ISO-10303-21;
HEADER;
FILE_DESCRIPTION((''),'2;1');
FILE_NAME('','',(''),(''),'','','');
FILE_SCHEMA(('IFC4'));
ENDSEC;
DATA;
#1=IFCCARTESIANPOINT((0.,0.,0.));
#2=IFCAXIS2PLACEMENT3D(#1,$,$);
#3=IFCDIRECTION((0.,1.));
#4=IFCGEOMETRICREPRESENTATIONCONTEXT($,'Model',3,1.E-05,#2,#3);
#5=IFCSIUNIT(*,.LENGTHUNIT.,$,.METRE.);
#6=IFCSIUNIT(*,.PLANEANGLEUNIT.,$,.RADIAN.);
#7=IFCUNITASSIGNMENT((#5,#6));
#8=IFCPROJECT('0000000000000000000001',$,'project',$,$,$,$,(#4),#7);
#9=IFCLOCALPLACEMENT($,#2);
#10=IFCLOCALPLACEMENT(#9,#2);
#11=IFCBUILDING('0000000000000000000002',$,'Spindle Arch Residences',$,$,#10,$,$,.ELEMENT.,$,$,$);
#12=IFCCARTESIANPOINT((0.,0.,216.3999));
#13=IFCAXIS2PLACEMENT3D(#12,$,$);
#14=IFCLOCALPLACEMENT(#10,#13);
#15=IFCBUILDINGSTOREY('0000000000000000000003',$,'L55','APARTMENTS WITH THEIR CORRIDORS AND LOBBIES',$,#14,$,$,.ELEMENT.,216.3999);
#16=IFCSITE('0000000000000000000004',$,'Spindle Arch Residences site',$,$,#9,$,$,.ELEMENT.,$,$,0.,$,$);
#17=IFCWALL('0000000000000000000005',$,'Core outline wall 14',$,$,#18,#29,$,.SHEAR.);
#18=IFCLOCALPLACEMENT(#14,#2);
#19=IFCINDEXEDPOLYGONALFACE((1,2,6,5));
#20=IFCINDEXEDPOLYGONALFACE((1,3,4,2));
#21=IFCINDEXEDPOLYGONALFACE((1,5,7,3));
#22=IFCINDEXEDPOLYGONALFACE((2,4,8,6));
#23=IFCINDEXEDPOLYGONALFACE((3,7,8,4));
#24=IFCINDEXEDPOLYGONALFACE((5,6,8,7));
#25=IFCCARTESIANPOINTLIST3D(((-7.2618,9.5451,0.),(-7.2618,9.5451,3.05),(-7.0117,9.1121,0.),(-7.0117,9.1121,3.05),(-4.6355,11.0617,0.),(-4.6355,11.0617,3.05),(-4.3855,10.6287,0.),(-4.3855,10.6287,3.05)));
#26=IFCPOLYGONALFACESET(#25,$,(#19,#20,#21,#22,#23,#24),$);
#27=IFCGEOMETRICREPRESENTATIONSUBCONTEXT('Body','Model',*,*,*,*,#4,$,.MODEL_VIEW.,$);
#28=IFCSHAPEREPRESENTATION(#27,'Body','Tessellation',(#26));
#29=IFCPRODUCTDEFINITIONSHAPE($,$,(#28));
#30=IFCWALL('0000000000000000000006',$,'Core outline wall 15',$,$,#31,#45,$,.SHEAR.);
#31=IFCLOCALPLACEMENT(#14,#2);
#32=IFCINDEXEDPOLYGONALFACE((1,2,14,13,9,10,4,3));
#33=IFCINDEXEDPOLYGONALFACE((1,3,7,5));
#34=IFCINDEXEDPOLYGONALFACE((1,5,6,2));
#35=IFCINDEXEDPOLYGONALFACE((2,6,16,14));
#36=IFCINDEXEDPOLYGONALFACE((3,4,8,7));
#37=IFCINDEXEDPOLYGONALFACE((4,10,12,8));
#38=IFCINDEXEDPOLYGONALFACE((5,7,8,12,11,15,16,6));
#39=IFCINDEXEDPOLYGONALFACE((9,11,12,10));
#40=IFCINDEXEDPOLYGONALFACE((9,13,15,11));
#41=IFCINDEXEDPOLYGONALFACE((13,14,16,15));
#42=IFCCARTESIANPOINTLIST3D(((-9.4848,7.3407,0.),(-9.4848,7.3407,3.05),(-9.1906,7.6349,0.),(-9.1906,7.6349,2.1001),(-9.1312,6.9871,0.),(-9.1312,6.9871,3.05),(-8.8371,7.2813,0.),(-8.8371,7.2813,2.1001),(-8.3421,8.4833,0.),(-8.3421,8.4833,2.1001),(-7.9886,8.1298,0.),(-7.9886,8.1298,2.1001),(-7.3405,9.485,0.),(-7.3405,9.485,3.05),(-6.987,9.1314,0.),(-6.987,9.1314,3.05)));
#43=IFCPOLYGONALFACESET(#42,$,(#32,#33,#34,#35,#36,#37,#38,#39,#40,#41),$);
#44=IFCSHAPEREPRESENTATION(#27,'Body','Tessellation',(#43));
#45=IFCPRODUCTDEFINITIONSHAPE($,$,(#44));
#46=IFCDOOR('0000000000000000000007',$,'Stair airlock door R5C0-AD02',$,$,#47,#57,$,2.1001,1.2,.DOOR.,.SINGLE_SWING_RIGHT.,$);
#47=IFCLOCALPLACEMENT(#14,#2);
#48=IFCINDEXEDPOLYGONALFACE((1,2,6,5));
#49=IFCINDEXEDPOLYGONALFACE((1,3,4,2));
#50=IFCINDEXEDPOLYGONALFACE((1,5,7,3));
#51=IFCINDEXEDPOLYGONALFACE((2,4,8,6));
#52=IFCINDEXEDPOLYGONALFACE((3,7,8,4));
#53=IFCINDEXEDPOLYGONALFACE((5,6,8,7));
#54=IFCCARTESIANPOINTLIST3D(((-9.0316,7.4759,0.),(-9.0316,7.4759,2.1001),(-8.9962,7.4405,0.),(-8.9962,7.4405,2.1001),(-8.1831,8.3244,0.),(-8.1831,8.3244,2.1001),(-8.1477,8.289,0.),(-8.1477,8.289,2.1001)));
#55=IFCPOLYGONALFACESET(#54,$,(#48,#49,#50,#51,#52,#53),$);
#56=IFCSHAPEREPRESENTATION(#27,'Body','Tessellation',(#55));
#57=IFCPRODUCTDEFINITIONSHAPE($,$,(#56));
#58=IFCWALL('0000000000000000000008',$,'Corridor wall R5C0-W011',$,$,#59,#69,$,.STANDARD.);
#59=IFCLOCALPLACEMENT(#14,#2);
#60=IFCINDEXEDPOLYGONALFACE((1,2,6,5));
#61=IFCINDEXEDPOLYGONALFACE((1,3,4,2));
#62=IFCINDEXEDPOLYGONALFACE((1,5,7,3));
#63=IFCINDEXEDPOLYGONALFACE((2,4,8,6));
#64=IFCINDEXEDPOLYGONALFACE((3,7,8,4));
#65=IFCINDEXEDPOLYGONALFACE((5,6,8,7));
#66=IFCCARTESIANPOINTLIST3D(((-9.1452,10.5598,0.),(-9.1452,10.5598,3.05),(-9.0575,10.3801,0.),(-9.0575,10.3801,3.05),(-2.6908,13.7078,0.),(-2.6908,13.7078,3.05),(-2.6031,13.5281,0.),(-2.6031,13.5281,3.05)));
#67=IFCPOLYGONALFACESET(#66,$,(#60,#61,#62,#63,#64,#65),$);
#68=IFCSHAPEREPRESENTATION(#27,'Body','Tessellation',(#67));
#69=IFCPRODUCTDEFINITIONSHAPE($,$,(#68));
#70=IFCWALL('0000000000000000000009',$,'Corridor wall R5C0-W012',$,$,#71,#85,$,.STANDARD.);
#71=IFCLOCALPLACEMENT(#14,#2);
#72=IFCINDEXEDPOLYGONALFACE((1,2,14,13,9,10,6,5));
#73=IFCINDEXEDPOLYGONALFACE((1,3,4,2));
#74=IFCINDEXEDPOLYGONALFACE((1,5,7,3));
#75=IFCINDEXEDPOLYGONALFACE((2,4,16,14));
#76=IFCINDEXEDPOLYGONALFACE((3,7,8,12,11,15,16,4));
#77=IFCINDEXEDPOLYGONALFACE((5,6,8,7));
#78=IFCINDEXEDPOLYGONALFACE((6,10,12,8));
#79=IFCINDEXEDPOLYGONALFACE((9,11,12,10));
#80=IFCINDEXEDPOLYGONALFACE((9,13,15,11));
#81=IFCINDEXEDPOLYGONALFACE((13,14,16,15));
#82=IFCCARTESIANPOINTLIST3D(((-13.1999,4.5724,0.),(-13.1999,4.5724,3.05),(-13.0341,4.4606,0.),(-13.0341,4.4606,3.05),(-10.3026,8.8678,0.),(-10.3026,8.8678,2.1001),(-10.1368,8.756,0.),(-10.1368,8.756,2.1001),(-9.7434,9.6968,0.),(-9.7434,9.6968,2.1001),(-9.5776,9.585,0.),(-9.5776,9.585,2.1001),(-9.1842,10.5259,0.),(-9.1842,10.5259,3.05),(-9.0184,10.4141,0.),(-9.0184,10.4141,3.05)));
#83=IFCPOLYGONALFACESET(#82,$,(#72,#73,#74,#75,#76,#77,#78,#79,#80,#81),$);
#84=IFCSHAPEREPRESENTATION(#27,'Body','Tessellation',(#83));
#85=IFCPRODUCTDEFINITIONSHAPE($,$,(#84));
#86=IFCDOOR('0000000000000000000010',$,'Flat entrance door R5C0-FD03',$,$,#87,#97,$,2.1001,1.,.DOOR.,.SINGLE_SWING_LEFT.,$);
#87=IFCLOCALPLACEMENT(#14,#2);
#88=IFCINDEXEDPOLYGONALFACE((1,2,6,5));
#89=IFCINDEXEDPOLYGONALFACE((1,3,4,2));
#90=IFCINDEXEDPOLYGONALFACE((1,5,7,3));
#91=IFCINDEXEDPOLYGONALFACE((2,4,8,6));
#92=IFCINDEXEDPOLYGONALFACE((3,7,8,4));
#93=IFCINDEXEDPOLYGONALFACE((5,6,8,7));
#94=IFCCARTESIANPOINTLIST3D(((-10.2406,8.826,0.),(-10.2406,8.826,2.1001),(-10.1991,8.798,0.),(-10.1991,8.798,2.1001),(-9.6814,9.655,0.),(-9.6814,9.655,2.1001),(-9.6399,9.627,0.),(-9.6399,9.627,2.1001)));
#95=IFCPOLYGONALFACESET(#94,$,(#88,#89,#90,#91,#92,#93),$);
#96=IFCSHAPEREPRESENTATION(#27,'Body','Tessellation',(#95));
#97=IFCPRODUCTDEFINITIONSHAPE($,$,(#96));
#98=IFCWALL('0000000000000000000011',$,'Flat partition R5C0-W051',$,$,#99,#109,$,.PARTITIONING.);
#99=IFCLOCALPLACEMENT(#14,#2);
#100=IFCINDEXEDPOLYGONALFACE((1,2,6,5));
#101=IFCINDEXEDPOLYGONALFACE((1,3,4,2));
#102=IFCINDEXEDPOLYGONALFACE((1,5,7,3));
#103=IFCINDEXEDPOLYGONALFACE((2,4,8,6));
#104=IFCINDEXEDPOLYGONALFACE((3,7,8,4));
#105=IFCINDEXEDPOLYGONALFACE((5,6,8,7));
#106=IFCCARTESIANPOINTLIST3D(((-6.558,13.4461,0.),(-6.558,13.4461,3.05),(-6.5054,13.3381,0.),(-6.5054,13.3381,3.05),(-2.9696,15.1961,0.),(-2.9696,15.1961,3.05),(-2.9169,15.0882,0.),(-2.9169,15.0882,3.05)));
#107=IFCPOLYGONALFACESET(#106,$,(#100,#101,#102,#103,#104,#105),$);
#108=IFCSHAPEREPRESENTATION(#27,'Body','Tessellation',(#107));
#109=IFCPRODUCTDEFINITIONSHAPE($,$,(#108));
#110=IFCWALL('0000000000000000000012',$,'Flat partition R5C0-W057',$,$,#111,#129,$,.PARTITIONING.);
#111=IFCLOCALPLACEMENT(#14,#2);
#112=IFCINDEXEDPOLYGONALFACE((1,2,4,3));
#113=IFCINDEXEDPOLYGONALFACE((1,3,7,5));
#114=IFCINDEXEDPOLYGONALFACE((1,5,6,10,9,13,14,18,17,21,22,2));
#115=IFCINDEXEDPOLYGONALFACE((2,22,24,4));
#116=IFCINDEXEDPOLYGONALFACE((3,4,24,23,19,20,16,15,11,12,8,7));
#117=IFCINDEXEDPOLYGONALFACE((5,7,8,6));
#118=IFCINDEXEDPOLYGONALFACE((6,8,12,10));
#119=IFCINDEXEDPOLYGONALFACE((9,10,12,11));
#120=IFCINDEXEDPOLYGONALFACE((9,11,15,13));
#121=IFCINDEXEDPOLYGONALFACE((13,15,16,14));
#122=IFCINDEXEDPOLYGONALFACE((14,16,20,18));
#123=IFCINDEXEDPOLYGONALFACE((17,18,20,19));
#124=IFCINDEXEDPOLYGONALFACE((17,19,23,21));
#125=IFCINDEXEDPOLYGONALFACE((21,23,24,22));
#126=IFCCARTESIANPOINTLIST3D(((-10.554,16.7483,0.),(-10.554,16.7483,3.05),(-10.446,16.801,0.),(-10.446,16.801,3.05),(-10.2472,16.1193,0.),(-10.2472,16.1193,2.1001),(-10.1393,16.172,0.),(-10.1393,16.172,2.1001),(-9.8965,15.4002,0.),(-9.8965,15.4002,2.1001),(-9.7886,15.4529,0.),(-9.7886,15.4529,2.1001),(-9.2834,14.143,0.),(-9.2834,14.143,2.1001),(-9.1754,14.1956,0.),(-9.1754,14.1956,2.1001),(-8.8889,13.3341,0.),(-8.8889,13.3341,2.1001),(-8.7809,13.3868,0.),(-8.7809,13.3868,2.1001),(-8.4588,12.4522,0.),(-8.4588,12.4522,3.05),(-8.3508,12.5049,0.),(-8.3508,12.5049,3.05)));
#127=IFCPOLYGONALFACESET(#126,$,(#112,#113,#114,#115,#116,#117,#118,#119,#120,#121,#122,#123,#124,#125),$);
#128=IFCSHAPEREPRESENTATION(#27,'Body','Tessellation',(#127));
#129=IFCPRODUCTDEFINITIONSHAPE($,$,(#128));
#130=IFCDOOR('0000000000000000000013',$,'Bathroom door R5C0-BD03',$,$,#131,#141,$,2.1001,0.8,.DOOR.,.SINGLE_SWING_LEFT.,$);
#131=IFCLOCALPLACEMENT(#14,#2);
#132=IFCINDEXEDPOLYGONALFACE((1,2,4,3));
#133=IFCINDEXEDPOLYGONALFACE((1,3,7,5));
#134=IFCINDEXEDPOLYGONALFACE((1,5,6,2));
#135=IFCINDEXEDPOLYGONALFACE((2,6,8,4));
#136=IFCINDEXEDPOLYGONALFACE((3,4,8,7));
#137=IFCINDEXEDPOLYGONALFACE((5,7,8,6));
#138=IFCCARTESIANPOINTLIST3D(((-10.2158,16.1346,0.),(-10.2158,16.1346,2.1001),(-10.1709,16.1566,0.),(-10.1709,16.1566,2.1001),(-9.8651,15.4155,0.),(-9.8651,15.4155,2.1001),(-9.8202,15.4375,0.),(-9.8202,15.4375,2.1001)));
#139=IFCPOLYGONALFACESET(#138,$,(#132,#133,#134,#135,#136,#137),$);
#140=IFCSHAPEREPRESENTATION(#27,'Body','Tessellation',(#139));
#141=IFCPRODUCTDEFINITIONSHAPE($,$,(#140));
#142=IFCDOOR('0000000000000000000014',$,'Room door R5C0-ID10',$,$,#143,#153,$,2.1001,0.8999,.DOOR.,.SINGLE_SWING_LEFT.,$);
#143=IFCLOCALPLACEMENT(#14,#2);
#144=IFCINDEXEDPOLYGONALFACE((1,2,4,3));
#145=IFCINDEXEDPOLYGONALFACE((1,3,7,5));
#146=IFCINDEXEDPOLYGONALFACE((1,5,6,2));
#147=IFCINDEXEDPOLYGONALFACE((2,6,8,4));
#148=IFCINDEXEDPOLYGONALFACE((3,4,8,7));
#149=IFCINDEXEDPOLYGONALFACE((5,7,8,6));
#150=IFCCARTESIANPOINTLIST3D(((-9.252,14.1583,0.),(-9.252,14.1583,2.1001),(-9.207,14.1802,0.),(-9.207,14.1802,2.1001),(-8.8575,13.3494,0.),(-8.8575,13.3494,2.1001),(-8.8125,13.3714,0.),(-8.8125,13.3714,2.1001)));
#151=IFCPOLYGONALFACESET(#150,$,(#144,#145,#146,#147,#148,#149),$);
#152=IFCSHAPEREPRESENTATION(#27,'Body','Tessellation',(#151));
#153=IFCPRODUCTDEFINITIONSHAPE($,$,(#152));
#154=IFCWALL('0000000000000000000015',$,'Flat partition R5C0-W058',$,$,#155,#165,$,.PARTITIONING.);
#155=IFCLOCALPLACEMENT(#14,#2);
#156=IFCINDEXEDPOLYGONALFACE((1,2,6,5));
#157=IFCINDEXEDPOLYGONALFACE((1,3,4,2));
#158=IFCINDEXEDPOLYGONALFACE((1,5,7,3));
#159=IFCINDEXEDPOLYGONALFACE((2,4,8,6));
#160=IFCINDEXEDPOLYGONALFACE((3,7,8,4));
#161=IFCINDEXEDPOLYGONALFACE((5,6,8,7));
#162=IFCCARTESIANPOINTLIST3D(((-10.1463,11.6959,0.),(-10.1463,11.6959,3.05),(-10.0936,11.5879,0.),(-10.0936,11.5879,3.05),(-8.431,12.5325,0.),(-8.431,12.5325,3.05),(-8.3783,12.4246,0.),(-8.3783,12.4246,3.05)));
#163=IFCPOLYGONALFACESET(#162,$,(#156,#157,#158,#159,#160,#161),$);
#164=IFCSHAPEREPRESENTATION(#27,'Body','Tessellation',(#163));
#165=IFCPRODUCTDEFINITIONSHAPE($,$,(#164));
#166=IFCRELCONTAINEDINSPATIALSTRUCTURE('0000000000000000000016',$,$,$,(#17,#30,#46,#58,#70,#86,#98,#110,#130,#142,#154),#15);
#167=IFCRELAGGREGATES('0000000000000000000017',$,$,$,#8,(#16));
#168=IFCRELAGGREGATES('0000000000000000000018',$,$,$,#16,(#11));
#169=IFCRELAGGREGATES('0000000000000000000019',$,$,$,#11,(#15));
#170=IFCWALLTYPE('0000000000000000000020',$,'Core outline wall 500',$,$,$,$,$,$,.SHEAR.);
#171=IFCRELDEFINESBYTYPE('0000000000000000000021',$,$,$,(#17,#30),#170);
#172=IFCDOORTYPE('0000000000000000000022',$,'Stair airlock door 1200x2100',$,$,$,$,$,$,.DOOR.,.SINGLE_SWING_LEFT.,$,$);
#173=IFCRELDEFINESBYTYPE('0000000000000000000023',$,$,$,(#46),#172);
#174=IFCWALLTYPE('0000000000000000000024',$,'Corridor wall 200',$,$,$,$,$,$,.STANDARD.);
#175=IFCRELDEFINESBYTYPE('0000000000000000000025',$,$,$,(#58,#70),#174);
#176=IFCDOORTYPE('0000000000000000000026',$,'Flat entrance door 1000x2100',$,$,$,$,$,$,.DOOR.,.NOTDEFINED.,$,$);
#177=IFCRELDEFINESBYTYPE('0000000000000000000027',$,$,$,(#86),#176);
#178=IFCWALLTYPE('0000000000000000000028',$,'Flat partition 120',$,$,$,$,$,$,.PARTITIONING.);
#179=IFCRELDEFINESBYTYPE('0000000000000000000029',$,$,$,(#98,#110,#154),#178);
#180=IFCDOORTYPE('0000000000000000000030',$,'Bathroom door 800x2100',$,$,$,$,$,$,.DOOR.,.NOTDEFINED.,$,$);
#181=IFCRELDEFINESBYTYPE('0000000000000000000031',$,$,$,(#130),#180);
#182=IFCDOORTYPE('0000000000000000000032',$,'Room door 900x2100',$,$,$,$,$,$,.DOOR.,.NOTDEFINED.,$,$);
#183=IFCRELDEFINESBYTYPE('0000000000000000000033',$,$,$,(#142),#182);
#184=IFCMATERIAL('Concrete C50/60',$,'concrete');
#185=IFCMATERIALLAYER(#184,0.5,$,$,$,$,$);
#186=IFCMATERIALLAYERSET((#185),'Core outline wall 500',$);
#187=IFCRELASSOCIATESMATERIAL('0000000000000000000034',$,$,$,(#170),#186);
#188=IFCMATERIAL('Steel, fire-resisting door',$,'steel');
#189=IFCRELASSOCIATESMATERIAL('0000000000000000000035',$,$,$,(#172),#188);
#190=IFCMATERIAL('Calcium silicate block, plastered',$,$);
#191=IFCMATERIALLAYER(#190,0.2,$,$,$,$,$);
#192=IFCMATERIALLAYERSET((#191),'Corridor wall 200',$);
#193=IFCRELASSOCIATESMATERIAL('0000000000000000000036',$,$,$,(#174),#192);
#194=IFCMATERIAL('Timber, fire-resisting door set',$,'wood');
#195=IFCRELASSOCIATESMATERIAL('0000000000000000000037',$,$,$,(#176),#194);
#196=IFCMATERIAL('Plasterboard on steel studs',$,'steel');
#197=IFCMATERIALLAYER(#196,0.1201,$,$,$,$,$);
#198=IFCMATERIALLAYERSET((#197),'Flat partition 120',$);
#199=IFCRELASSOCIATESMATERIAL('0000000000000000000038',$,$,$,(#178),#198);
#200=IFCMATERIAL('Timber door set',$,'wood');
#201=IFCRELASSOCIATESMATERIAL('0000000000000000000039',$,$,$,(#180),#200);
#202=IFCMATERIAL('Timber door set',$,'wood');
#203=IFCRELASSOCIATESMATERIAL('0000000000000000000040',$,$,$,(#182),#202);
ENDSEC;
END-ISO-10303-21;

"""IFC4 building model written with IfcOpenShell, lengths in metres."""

from ifc_helpers import new_model, si_unit, direction, frame, frame_2d, origin, place, context, subcontext, project, spatial, rectangle, extrude, material, layer, layer_set, type_object, element, fill, save


model = new_model("IFC4")

# Units and contexts
model_context = context("Model", 3, precision=1e-05, world=origin(), true_north=direction((0.0, 1.0)))
body_context = subcontext(model_context, "Body", "Model", "MODEL_VIEW")
ifc_project = project(units=[si_unit("LENGTHUNIT", "METRE"), si_unit("PLANEANGLEUNIT", "RADIAN")], contexts=[model_context])

# Site, building, storey
site_placement = place(None, origin())
site = spatial("IfcSite", under=ifc_project, at=site_placement, Name="Spindle Arch Residences site", CompositionType="ELEMENT", RefElevation=0.0)
building_placement = place(site_placement, origin())
building = spatial("IfcBuilding", under=site, at=building_placement, Name="Spindle Arch Residences", CompositionType="ELEMENT")
storey_placement = place(building_placement, frame((0.0, 0.0, 216.3999)))
storey = spatial("IfcBuildingStorey", under=building, at=storey_placement, Name="L55", Description="APARTMENTS WITH THEIR CORRIDORS AND LOBBIES", CompositionType="ELEMENT", Elevation=216.3999)

# Wall
ifc_material_1 = material(Name="Concrete C50/60", Category="concrete")
ifc_layer_1 = layer(ifc_material_1, 0.5)
ifc_layer_set_1 = layer_set([ifc_layer_1], Name="Core outline wall 500")
wall_type_1 = type_object("IfcWallType", Name="Core outline wall 500", PredefinedType="SHEAR", material=ifc_layer_set_1)
wall_1_placement = place(storey_placement, frame((-4.5105, 10.8452, 0.0), z_axis=(0.0, 0.0, 1.0), x_axis=(-0.865975, -0.500087, 0.0)))
element("IfcWall", 1, at=wall_1_placement, inside=storey, type_object=wall_type_1, Name="Core outline wall 14", PredefinedType="SHEAR", context=body_context, shape_type="SweptSolid", body=[
    extrude(rectangle(XDim=3.0327, YDim=0.5, at=frame_2d((1.5164, 0.0))), origin(), (0.0, 0.0, 1.0), 3.05),
])

# Wall, opening, door
wall_2_placement = place(storey_placement, frame((-7.1638, 9.3081, 0.0), z_axis=(0.0, 0.0, 1.0), x_axis=(-0.707107, -0.707107, 0.0)))
wall_2 = element("IfcWall", 2, at=wall_2_placement, inside=storey, type_object=wall_type_1, Name="Core outline wall 15", PredefinedType="SHEAR", context=body_context, shape_type="SweptSolid", body=[
    extrude(rectangle(XDim=3.0325, YDim=0.5, at=frame_2d((1.5161, 0.0))), origin(), (0.0, 0.0, 1.0), 3.05),
])
opening_1_placement = place(wall_2_placement, frame((1.4163, 0.0, 0.0)))
opening_1 = element("IfcOpeningElement", 3, at=opening_1_placement, cuts=wall_2, PredefinedType="OPENING", context=body_context, shape_type="SweptSolid", body=[
    extrude(rectangle(XDim=1.2, YDim=2.1001, at=frame_2d((0.6001, 1.05))), frame((0.0, 0.26, 0.0), z_axis=(0.0, -1.0, 0.0), x_axis=(1.0, 0.0, 0.0)), (0.0, 0.0, 1.0), 0.52),
])
ifc_material_2 = material(Name="Steel, fire-resisting door", Category="steel")
door_type_1 = type_object("IfcDoorType", Name="Stair airlock door 1200x2100", OperationType="SINGLE_SWING_LEFT", PredefinedType="DOOR", material=ifc_material_2)
door_1_placement = place(opening_1_placement, origin())
door_1 = element("IfcDoor", 4, at=door_1_placement, inside=storey, type_object=door_type_1, Name="Stair airlock door R5C0-AD02", OperationType="SINGLE_SWING_RIGHT", OverallHeight=2.1001, OverallWidth=1.2, PredefinedType="DOOR", context=body_context, shape_type="SweptSolid", body=[
    extrude(rectangle(XDim=1.2, YDim=2.1001, at=frame_2d((0.6001, 1.05))), frame((0.0, 0.0249, 0.0), z_axis=(0.0, -1.0, 0.0), x_axis=(1.0, 0.0, 0.0)), (0.0, 0.0, 1.0), 0.05),
])
fill(opening_1, door_1)

# Wall
ifc_material_3 = material(Name="Calcium silicate block, plastered")
ifc_layer_2 = layer(ifc_material_3, 0.2)
ifc_layer_set_2 = layer_set([ifc_layer_2], Name="Corridor wall 200")
wall_type_2 = type_object("IfcWallType", Name="Corridor wall 200", PredefinedType="STANDARD", material=ifc_layer_set_2)
wall_3_placement = place(storey_placement, frame((-2.647, 13.6179, 0.0), z_axis=(0.0, 0.0, 1.0), x_axis=(-0.898797, -0.438366, 0.0)))
element("IfcWall", 5, at=wall_3_placement, inside=storey, type_object=wall_type_2, Name="Corridor wall R5C0-W011", PredefinedType="STANDARD", context=body_context, shape_type="SweptSolid", body=[
    extrude(rectangle(XDim=7.1812, YDim=0.2, at=frame_2d((3.5906, 0.0))), origin(), (0.0, 0.0, 1.0), 3.05),
])

# Wall, opening, door
wall_4_placement = place(storey_placement, frame((-9.1013, 10.47, 0.0), z_axis=(0.0, 0.0, 1.0), x_axis=(-0.559195, -0.829036, 0.0)))
wall_4 = element("IfcWall", 6, at=wall_4_placement, inside=storey, type_object=wall_type_2, Name="Corridor wall R5C0-W012", PredefinedType="STANDARD", context=body_context, shape_type="SweptSolid", body=[
    extrude(rectangle(XDim=7.1812, YDim=0.2, at=frame_2d((3.5906, 0.0))), origin(), (0.0, 0.0, 1.0), 3.05),
])
opening_2_placement = place(wall_4_placement, frame((1.0, 0.0, 0.0)))
opening_2 = element("IfcOpeningElement", 7, at=opening_2_placement, cuts=wall_4, PredefinedType="OPENING", context=body_context, shape_type="SweptSolid", body=[
    extrude(rectangle(XDim=1.0, YDim=2.1001, at=frame_2d((0.5, 1.05))), frame((0.0, 0.1099, 0.0), z_axis=(0.0, -1.0, 0.0), x_axis=(1.0, 0.0, 0.0)), (0.0, 0.0, 1.0), 0.22),
])
ifc_material_4 = material(Name="Timber, fire-resisting door set", Category="wood")
door_type_2 = type_object("IfcDoorType", Name="Flat entrance door 1000x2100", OperationType="NOTDEFINED", PredefinedType="DOOR", material=ifc_material_4)
door_2_placement = place(opening_2_placement, origin())
door_2 = element("IfcDoor", 8, at=door_2_placement, inside=storey, type_object=door_type_2, Name="Flat entrance door R5C0-FD03", OperationType="SINGLE_SWING_LEFT", OverallHeight=2.1001, OverallWidth=1.0, PredefinedType="DOOR", context=body_context, shape_type="SweptSolid", body=[
    extrude(rectangle(XDim=1.0, YDim=2.1001, at=frame_2d((0.5, 1.05))), frame((0.0, 0.0249, 0.0), z_axis=(0.0, -1.0, 0.0), x_axis=(1.0, 0.0, 0.0)), (0.0, 0.0, 1.0), 0.05),
])
fill(opening_2, door_2)

# Wall
ifc_material_5 = material(Name="Plasterboard on steel studs", Category="steel")
ifc_layer_3 = layer(ifc_material_5, 0.1201)
ifc_layer_set_3 = layer_set([ifc_layer_3], Name="Flat partition 120")
wall_type_3 = type_object("IfcWallType", Name="Flat partition 120", PredefinedType="PARTITIONING", material=ifc_layer_set_3)
wall_5_placement = place(storey_placement, frame((-2.9434, 15.1421, 0.0), z_axis=(0.0, 0.0, 1.0), x_axis=(-0.898811, -0.438337, 0.0)))
element("IfcWall", 9, at=wall_5_placement, inside=storey, type_object=wall_type_3, Name="Flat partition R5C0-W051", PredefinedType="PARTITIONING", context=body_context, shape_type="SweptSolid", body=[
    extrude(rectangle(XDim=3.9924, YDim=0.1201, at=frame_2d((1.9961, 0.0))), origin(), (0.0, 0.0, 1.0), 3.05),
])

# Wall, openings, doors
wall_6_placement = place(storey_placement, frame((-10.5, 16.7747, 0.0), z_axis=(0.0, 0.0, 1.0), x_axis=(0.438345, -0.898807, 0.0)))
wall_6 = element("IfcWall", 10, at=wall_6_placement, inside=storey, type_object=wall_type_3, Name="Flat partition R5C0-W057", PredefinedType="PARTITIONING", context=body_context, shape_type="SweptSolid", body=[
    extrude(rectangle(XDim=4.7798, YDim=0.1201, at=frame_2d((2.3899, 0.0))), origin(), (0.0, 0.0, 1.0), 3.05),
])
opening_3_placement = place(wall_6_placement, frame((0.7, 0.0, 0.0)))
opening_3 = element("IfcOpeningElement", 11, at=opening_3_placement, cuts=wall_6, PredefinedType="OPENING", context=body_context, shape_type="SweptSolid", body=[
    extrude(rectangle(XDim=0.8, YDim=2.1001, at=frame_2d((0.3999, 1.05))), frame((0.0, 0.0701, 0.0), z_axis=(0.0, -1.0, 0.0), x_axis=(1.0, 0.0, 0.0)), (0.0, 0.0, 1.0), 0.1401),
])
opening_4_placement = place(wall_6_placement, frame((2.8987, 0.0, 0.0)))
opening_4 = element("IfcOpeningElement", 12, at=opening_4_placement, cuts=wall_6, PredefinedType="OPENING", context=body_context, shape_type="SweptSolid", body=[
    extrude(rectangle(XDim=0.8999, YDim=2.1001, at=frame_2d((0.45, 1.05))), frame((0.0, 0.0701, 0.0), z_axis=(0.0, -1.0, 0.0), x_axis=(1.0, 0.0, 0.0)), (0.0, 0.0, 1.0), 0.1401),
])
ifc_material_6 = material(Name="Timber door set", Category="wood")
door_type_3 = type_object("IfcDoorType", Name="Bathroom door 800x2100", OperationType="NOTDEFINED", PredefinedType="DOOR", material=ifc_material_6)
door_3_placement = place(opening_3_placement, origin())
door_3 = element("IfcDoor", 13, at=door_3_placement, inside=storey, type_object=door_type_3, Name="Bathroom door R5C0-BD03", OperationType="SINGLE_SWING_LEFT", OverallHeight=2.1001, OverallWidth=0.8, PredefinedType="DOOR", context=body_context, shape_type="SweptSolid", body=[
    extrude(rectangle(XDim=0.8, YDim=2.1001, at=frame_2d((0.3999, 1.05))), frame((0.0, 0.0249, 0.0), z_axis=(0.0, -1.0, 0.0), x_axis=(1.0, 0.0, 0.0)), (0.0, 0.0, 1.0), 0.05),
])
fill(opening_3, door_3)
ifc_material_7 = material(Name="Timber door set", Category="wood")
door_type_4 = type_object("IfcDoorType", Name="Room door 900x2100", OperationType="NOTDEFINED", PredefinedType="DOOR", material=ifc_material_7)
door_4_placement = place(opening_4_placement, origin())
door_4 = element("IfcDoor", 14, at=door_4_placement, inside=storey, type_object=door_type_4, Name="Room door R5C0-ID10", OperationType="SINGLE_SWING_LEFT", OverallHeight=2.1001, OverallWidth=0.8999, PredefinedType="DOOR", context=body_context, shape_type="SweptSolid", body=[
    extrude(rectangle(XDim=0.8999, YDim=2.1001, at=frame_2d((0.45, 1.05))), frame((0.0, 0.0249, 0.0), z_axis=(0.0, -1.0, 0.0), x_axis=(1.0, 0.0, 0.0)), (0.0, 0.0, 1.0), 0.05),
])
fill(opening_4, door_4)

# Wall
wall_7_placement = place(storey_placement, frame((-8.4048, 12.4785, 0.0), z_axis=(0.0, 0.0, 1.0), x_axis=(-0.898784, -0.438391, 0.0)))
element("IfcWall", 15, at=wall_7_placement, inside=storey, type_object=wall_type_3, Name="Flat partition R5C0-W058", PredefinedType="PARTITIONING", context=body_context, shape_type="SweptSolid", body=[
    extrude(rectangle(XDim=1.9084, YDim=0.1201, at=frame_2d((0.9541, 0.0))), origin(), (0.0, 0.0, 1.0), 3.05),
])

save(model, "model.ifc")
